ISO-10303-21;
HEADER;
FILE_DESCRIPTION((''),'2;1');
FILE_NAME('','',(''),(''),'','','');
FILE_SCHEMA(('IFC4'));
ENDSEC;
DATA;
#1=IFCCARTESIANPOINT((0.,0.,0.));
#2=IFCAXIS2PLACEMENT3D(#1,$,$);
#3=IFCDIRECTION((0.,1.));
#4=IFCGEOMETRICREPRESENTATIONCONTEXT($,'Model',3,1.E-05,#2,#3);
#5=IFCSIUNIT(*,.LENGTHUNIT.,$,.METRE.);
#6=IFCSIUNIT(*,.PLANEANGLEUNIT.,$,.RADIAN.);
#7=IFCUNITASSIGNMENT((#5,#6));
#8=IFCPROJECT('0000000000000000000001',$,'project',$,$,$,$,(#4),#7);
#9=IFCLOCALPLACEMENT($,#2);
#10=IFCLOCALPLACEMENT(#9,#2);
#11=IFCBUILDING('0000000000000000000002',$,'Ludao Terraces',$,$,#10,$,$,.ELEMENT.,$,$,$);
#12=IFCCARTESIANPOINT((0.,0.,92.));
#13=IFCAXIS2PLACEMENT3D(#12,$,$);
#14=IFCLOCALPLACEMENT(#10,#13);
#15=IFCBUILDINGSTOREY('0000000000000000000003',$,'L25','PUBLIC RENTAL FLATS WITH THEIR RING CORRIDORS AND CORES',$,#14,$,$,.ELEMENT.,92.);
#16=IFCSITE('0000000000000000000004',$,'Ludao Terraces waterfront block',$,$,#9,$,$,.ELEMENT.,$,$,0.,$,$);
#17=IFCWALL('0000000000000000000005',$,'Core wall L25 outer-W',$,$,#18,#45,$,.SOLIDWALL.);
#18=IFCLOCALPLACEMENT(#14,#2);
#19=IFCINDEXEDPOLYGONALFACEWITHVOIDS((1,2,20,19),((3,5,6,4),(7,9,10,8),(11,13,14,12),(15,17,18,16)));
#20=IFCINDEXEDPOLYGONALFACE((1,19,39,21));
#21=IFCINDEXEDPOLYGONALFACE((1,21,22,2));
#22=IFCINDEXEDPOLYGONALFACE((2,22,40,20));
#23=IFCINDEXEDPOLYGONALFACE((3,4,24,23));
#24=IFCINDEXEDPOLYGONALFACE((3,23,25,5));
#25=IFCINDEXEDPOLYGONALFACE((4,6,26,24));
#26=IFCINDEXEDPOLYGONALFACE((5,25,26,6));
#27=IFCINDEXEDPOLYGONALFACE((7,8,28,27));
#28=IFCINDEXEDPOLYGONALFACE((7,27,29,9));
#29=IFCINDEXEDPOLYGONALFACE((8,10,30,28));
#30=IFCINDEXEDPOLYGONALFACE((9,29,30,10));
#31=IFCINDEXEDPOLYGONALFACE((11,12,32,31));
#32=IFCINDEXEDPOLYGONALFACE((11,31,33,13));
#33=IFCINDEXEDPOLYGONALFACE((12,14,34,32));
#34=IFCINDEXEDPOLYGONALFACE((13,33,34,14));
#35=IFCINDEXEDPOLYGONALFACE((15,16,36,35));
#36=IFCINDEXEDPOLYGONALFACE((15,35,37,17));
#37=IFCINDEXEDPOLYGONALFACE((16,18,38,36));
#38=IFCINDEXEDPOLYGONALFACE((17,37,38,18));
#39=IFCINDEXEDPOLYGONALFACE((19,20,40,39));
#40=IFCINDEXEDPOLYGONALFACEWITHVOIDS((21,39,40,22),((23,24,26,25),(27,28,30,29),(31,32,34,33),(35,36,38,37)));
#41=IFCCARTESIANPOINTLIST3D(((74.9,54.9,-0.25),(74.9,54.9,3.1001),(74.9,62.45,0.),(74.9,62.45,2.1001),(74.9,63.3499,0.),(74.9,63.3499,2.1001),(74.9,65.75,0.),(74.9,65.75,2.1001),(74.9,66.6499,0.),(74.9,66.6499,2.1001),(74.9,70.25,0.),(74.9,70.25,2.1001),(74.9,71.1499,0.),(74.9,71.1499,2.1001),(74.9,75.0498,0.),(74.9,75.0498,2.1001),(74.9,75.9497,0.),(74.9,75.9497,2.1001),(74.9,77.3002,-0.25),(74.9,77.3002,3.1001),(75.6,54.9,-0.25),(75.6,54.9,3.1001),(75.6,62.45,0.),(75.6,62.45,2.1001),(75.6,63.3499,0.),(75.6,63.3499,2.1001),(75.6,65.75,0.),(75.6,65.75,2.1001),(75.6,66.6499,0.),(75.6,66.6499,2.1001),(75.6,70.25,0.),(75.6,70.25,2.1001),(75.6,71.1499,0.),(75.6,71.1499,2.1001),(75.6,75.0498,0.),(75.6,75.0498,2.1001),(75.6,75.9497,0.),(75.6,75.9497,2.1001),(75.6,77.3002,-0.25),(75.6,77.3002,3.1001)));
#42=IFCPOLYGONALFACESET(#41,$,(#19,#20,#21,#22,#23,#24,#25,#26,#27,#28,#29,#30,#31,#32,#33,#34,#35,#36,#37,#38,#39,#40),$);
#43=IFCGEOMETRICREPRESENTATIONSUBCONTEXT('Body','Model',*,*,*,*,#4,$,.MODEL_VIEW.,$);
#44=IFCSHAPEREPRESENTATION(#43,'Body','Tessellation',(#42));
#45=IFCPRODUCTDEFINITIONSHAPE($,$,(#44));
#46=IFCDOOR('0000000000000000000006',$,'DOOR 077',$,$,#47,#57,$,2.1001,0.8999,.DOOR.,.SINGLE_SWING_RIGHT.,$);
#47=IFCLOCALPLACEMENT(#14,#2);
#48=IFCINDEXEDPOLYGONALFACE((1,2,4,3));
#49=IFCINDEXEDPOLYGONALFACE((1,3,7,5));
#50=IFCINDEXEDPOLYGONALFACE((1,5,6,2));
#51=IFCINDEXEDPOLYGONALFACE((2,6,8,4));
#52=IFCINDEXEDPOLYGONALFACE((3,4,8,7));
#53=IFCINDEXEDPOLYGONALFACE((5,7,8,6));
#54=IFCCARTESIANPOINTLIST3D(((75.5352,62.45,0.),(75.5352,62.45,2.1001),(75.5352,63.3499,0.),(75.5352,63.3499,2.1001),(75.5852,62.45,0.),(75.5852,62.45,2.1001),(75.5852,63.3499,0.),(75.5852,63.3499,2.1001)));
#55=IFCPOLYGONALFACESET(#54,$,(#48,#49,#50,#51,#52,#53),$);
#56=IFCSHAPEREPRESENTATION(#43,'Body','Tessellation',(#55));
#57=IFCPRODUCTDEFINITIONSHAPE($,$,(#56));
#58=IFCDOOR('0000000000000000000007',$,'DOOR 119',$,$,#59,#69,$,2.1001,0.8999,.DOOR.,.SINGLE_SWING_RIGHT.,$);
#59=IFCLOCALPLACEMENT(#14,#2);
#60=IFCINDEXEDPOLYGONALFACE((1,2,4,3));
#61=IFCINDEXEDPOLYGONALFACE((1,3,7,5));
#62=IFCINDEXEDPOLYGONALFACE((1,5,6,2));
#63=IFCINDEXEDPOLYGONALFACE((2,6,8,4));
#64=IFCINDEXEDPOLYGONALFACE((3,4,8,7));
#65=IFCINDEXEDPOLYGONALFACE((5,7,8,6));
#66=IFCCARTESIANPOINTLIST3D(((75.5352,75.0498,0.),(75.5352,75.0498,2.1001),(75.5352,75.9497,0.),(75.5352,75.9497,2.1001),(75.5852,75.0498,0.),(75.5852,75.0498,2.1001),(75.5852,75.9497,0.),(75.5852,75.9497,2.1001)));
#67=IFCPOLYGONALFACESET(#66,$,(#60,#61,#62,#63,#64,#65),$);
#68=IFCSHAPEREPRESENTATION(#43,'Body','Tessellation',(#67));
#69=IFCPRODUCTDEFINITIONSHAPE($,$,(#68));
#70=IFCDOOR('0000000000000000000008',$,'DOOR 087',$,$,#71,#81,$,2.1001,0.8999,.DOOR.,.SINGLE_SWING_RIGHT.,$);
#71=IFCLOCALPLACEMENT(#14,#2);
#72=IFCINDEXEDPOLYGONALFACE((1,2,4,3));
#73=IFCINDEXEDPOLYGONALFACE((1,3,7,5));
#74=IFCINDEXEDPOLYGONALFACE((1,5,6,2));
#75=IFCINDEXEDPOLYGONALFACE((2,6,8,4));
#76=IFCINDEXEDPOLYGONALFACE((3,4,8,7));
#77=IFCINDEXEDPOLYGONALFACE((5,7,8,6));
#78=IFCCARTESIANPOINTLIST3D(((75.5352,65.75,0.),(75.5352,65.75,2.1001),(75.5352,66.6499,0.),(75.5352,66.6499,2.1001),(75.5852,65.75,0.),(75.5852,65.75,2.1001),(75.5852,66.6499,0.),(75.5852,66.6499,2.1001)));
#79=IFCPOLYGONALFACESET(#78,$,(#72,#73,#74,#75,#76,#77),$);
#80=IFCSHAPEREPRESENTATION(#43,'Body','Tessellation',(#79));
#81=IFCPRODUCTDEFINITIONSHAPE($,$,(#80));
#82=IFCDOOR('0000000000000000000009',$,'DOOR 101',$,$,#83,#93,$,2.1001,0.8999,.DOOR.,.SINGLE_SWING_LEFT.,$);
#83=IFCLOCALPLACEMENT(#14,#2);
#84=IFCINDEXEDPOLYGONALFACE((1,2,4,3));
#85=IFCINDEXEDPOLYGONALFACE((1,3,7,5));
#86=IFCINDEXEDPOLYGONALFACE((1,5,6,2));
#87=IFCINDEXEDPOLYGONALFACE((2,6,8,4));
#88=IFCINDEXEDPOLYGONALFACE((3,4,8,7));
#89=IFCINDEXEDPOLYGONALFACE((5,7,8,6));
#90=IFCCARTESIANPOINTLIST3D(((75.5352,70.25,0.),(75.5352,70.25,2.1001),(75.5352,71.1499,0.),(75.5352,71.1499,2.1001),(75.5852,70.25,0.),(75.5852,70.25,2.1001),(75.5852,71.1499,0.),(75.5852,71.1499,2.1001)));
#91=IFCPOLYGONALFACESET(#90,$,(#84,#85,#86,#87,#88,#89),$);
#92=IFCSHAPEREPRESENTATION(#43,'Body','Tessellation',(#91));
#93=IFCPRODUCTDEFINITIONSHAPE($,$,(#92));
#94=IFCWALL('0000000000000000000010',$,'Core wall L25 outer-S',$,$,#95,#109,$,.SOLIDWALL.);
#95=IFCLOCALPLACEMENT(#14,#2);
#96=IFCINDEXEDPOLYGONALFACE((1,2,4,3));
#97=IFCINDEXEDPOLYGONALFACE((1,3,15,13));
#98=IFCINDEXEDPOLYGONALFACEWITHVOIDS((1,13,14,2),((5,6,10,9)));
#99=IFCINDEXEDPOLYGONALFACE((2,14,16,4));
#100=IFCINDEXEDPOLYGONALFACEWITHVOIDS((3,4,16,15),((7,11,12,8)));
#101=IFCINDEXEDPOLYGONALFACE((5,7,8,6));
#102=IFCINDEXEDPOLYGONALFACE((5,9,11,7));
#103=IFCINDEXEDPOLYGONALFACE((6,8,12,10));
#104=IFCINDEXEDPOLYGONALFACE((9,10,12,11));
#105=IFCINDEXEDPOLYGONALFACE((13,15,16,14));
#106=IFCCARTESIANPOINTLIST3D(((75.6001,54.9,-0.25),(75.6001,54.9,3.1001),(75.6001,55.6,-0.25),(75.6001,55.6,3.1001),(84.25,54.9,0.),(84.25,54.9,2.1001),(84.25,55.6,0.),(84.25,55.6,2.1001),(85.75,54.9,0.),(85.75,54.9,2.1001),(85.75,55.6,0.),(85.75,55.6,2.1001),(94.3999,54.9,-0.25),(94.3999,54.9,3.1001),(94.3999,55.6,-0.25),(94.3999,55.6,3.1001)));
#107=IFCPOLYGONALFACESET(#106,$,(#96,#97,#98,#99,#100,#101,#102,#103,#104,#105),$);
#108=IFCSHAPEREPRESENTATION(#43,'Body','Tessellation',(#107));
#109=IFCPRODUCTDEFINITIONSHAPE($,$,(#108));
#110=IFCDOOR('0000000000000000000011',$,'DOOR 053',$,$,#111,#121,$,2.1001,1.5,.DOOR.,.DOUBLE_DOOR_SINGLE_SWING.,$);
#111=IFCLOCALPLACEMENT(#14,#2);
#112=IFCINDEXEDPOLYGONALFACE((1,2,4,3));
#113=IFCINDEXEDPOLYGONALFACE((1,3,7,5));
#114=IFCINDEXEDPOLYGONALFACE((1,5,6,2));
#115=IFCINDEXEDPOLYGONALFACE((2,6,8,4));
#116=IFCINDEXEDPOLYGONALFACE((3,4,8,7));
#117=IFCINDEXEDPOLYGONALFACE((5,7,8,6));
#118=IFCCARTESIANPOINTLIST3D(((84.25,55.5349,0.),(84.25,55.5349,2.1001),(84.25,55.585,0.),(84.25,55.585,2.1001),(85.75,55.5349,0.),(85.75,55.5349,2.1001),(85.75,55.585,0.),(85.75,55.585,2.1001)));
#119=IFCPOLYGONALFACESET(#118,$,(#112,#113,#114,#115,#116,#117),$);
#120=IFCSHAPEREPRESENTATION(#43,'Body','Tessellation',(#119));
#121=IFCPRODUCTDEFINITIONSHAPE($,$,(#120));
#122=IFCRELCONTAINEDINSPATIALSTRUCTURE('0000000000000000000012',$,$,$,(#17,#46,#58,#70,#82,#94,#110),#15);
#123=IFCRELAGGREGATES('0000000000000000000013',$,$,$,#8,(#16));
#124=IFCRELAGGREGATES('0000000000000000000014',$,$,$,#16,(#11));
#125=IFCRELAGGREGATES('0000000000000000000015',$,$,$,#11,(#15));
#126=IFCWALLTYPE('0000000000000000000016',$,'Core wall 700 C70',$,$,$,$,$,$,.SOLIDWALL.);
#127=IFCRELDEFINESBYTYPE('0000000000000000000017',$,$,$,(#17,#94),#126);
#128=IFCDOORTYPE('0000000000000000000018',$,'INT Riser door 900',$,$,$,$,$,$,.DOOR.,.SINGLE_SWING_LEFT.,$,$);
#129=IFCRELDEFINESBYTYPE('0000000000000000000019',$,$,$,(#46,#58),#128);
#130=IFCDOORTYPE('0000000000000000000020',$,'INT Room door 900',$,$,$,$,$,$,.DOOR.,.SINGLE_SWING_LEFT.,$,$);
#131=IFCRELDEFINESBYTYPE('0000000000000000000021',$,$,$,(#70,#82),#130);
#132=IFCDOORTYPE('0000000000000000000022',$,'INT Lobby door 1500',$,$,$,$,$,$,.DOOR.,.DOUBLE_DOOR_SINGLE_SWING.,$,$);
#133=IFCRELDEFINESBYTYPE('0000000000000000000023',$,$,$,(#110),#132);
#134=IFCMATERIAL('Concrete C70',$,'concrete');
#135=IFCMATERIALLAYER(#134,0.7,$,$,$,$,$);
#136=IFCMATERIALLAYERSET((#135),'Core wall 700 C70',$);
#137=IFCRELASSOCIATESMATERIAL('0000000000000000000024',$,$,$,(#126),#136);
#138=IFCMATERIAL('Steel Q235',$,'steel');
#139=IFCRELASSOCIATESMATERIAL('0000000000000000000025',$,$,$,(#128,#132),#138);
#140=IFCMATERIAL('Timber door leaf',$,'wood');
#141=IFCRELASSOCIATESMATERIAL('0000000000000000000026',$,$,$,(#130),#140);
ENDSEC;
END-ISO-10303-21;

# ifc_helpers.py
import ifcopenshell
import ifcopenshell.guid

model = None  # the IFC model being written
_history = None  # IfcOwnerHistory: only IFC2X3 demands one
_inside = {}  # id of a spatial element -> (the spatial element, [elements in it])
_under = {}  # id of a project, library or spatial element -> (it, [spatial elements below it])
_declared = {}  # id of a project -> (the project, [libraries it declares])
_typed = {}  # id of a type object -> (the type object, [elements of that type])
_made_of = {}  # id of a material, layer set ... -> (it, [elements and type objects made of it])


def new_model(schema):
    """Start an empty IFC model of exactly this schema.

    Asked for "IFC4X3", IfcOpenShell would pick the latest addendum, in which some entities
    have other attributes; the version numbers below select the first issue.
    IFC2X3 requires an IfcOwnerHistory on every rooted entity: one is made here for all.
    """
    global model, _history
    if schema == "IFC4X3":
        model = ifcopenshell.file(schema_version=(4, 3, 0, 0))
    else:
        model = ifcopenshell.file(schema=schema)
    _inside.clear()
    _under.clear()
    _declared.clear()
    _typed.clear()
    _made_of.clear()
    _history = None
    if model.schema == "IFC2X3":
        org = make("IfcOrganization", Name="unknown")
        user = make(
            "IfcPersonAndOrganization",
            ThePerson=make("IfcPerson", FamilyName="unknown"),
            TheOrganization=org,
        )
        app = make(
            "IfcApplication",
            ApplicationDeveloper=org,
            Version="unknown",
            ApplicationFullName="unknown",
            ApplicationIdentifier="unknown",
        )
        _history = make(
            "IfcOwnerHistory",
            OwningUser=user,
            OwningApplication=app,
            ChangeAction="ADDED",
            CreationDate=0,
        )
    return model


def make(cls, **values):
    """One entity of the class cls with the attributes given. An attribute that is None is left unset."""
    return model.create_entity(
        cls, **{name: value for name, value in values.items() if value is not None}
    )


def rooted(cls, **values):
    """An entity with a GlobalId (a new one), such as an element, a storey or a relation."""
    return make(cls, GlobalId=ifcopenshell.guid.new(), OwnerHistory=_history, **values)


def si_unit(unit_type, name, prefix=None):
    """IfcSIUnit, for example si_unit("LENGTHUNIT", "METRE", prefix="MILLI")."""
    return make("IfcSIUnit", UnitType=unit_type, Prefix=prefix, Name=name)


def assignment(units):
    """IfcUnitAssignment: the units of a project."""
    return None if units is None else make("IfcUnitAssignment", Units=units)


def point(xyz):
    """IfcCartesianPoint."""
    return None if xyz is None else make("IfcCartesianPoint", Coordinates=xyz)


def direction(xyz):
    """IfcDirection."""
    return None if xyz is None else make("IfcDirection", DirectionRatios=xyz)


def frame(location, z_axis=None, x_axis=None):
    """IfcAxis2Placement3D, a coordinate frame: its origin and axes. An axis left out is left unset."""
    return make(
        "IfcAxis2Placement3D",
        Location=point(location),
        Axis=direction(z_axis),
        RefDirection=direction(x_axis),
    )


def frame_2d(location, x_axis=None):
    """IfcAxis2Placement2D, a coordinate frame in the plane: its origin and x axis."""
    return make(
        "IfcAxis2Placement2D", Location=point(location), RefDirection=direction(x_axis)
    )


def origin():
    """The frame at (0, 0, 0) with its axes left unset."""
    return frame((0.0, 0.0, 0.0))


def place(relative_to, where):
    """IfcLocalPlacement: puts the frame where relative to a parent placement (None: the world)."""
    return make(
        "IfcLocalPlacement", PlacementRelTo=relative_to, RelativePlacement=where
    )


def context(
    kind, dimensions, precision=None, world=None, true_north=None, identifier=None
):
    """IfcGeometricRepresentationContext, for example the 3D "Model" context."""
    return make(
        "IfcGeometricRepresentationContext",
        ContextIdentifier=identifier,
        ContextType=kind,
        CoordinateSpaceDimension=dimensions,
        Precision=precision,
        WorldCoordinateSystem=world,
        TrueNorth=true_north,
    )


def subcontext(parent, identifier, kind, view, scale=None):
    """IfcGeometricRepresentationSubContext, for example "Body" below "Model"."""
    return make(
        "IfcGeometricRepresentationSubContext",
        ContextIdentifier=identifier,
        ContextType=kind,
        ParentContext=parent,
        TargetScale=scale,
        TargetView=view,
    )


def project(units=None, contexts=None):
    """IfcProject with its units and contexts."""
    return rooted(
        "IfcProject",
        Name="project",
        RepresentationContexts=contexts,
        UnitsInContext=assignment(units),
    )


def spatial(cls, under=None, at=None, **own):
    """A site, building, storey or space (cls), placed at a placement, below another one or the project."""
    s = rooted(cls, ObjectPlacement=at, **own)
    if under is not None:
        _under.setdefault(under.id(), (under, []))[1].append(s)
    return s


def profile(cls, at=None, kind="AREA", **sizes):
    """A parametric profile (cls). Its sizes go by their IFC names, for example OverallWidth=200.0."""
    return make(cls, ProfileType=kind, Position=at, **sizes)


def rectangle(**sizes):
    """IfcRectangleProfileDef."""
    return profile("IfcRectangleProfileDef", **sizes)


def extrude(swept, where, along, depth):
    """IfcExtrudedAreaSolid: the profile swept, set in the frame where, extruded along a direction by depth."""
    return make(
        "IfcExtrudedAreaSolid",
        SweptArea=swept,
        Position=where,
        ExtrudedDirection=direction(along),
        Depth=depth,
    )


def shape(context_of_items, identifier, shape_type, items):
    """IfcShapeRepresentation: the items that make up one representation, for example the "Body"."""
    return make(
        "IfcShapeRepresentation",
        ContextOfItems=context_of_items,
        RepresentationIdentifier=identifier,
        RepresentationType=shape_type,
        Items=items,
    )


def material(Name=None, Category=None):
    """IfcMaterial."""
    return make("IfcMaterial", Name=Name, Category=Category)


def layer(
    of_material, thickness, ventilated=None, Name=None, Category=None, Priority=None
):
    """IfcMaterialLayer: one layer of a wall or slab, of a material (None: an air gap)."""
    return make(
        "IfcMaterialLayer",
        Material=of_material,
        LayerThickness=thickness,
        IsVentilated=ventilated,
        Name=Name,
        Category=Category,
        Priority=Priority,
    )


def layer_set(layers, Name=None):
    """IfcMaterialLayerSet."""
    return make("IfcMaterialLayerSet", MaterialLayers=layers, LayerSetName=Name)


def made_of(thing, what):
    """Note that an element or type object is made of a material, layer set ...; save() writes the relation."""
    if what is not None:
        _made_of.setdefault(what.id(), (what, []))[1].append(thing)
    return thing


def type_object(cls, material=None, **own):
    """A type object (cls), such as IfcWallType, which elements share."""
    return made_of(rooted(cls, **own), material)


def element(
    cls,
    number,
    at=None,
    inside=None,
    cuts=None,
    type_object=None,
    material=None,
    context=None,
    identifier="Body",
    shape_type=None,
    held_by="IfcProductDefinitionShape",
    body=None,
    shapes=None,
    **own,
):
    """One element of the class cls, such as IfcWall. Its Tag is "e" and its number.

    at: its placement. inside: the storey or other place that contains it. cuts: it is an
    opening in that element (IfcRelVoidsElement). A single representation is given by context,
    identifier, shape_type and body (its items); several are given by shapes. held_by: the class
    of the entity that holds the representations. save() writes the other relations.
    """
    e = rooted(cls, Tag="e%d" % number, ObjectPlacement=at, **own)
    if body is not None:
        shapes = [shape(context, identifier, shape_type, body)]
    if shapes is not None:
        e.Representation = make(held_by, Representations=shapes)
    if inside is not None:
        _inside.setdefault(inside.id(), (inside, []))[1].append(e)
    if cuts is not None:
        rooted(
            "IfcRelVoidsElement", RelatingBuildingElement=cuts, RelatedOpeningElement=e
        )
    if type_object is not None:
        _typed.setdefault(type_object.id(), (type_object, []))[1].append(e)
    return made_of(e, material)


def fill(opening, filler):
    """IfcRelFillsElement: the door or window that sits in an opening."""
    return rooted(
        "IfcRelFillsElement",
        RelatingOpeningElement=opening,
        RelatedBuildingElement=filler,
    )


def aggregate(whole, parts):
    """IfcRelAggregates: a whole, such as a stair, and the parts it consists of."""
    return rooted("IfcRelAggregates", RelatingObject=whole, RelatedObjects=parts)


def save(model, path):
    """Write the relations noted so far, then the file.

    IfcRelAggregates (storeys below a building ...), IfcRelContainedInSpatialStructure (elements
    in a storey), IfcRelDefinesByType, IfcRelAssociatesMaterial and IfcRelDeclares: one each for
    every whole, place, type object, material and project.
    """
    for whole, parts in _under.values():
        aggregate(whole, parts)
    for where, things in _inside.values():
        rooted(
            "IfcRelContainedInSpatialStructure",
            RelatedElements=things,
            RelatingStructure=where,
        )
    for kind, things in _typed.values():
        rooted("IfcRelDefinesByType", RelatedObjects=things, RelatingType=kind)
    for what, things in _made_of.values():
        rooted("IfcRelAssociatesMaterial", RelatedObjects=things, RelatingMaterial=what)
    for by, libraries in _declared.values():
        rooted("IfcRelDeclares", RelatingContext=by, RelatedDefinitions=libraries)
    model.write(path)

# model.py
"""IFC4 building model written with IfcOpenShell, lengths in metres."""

from ifc_helpers import new_model, si_unit, direction, frame, frame_2d, origin, place, context, subcontext, project, spatial, rectangle, extrude, material, layer, layer_set, type_object, element, fill, save


model = new_model("IFC4")

# Units and contexts
model_context = context("Model", 3, precision=1e-05, world=origin(), true_north=direction((0.0, 1.0)))
body_context = subcontext(model_context, "Body", "Model", "MODEL_VIEW")
ifc_project = project(units=[si_unit("LENGTHUNIT", "METRE"), si_unit("PLANEANGLEUNIT", "RADIAN")], contexts=[model_context])

# Site, building, storey
site_placement = place(None, origin())
site = spatial("IfcSite", under=ifc_project, at=site_placement, Name="Ludao Terraces waterfront block", CompositionType="ELEMENT", RefElevation=0.0)
building_placement = place(site_placement, origin())
building = spatial("IfcBuilding", under=site, at=building_placement, Name="Ludao Terraces", CompositionType="ELEMENT")
storey_placement = place(building_placement, frame((0.0, 0.0, 92.0)))
storey = spatial("IfcBuildingStorey", under=building, at=storey_placement, Name="L25", Description="PUBLIC RENTAL FLATS WITH THEIR RING CORRIDORS AND CORES", CompositionType="ELEMENT", Elevation=92.0)

# Wall, openings, doors
ifc_material_1 = material(Name="Concrete C70", Category="concrete")
ifc_layer_1 = layer(ifc_material_1, 0.7)
ifc_layer_set_1 = layer_set([ifc_layer_1], Name="Core wall 700 C70")
wall_type_1 = type_object("IfcWallType", Name="Core wall 700 C70", PredefinedType="SOLIDWALL", material=ifc_layer_set_1)
wall_1_placement = place(storey_placement, frame((75.25, 54.8999, -0.25), z_axis=(0.0, 0.0, 1.0), x_axis=(0.0, 1.0, 0.0)))
wall_1 = element("IfcWall", 1, at=wall_1_placement, inside=storey, type_object=wall_type_1, Name="Core wall L25 outer-W", PredefinedType="SOLIDWALL", context=body_context, shape_type="SweptSolid", body=[
    extrude(rectangle(XDim=22.4001, YDim=0.7, at=frame_2d((11.2002, 0.0))), origin(), (0.0, 0.0, 1.0), 3.3501),
])
opening_1_placement = place(wall_1_placement, frame((7.55, 0.0, 0.25)))
opening_1 = element("IfcOpeningElement", 2, at=opening_1_placement, cuts=wall_1, PredefinedType="OPENING", context=body_context, shape_type="SweptSolid", body=[
    extrude(rectangle(XDim=0.8999, YDim=2.1001, at=frame_2d((0.45, 1.05))), frame((0.0, 0.3599, 0.0), z_axis=(0.0, -1.0, 0.0), x_axis=(1.0, 0.0, 0.0)), (0.0, 0.0, 1.0), 0.72),
])
opening_2_placement = place(wall_1_placement, frame((10.8501, 0.0, 0.25)))
opening_2 = element("IfcOpeningElement", 3, at=opening_2_placement, cuts=wall_1, PredefinedType="OPENING", context=body_context, shape_type="SweptSolid", body=[
    extrude(rectangle(XDim=0.8999, YDim=2.1001, at=frame_2d((0.45, 1.05))), frame((0.0, 0.3599, 0.0), z_axis=(0.0, -1.0, 0.0), x_axis=(1.0, 0.0, 0.0)), (0.0, 0.0, 1.0), 0.72),
])
opening_3_placement = place(wall_1_placement, frame((15.3501, 0.0, 0.25)))
opening_3 = element("IfcOpeningElement", 4, at=opening_3_placement, cuts=wall_1, PredefinedType="OPENING", context=body_context, shape_type="SweptSolid", body=[
    extrude(rectangle(XDim=0.8999, YDim=2.1001, at=frame_2d((0.45, 1.05))), frame((0.0, 0.3599, 0.0), z_axis=(0.0, -1.0, 0.0), x_axis=(1.0, 0.0, 0.0)), (0.0, 0.0, 1.0), 0.72),
])
opening_4_placement = place(wall_1_placement, frame((20.1499, 0.0, 0.25)))
opening_4 = element("IfcOpeningElement", 5, at=opening_4_placement, cuts=wall_1, PredefinedType="OPENING", context=body_context, shape_type="SweptSolid", body=[
    extrude(rectangle(XDim=0.8999, YDim=2.1001, at=frame_2d((0.45, 1.05))), frame((0.0, 0.3599, 0.0), z_axis=(0.0, -1.0, 0.0), x_axis=(1.0, 0.0, 0.0)), (0.0, 0.0, 1.0), 0.72),
])
ifc_material_2 = material(Name="Steel Q235", Category="steel")
door_type_1 = type_object("IfcDoorType", Name="INT Riser door 900", OperationType="SINGLE_SWING_LEFT", PredefinedType="DOOR", material=ifc_material_2)
door_1_placement = place(opening_1_placement, origin())
door_1 = element("IfcDoor", 6, at=door_1_placement, inside=storey, type_object=door_type_1, Name="DOOR 077", OperationType="SINGLE_SWING_RIGHT", OverallHeight=2.1001, OverallWidth=0.8999, PredefinedType="DOOR", context=body_context, shape_type="SweptSolid", body=[
    extrude(rectangle(XDim=0.8999, YDim=2.1001, at=frame_2d((0.45, 1.05))), frame((0.0, -0.2852, 0.0), z_axis=(0.0, -1.0, 0.0), x_axis=(1.0, 0.0, 0.0)), (0.0, 0.0, 1.0), 0.05),
])
fill(opening_1, door_1)
door_2_placement = place(opening_4_placement, origin())
door_2 = element("IfcDoor", 7, at=door_2_placement, inside=storey, type_object=door_type_1, Name="DOOR 119", OperationType="SINGLE_SWING_RIGHT", OverallHeight=2.1001, OverallWidth=0.8999, PredefinedType="DOOR", context=body_context, shape_type="SweptSolid", body=[
    extrude(rectangle(XDim=0.8999, YDim=2.1001, at=frame_2d((0.45, 1.05))), frame((0.0, -0.2852, 0.0), z_axis=(0.0, -1.0, 0.0), x_axis=(1.0, 0.0, 0.0)), (0.0, 0.0, 1.0), 0.05),
])
fill(opening_4, door_2)
ifc_material_3 = material(Name="Timber door leaf", Category="wood")
door_type_2 = type_object("IfcDoorType", Name="INT Room door 900", OperationType="SINGLE_SWING_LEFT", PredefinedType="DOOR", material=ifc_material_3)
door_3_placement = place(opening_2_placement, origin())
door_3 = element("IfcDoor", 8, at=door_3_placement, inside=storey, type_object=door_type_2, Name="DOOR 087", OperationType="SINGLE_SWING_RIGHT", OverallHeight=2.1001, OverallWidth=0.8999, PredefinedType="DOOR", context=body_context, shape_type="SweptSolid", body=[
    extrude(rectangle(XDim=0.8999, YDim=2.1001, at=frame_2d((0.45, 1.05))), frame((0.0, -0.2852, 0.0), z_axis=(0.0, -1.0, 0.0), x_axis=(1.0, 0.0, 0.0)), (0.0, 0.0, 1.0), 0.05),
])
fill(opening_2, door_3)
door_4_placement = place(opening_3_placement, origin())
door_4 = element("IfcDoor", 9, at=door_4_placement, inside=storey, type_object=door_type_2, Name="DOOR 101", OperationType="SINGLE_SWING_LEFT", OverallHeight=2.1001, OverallWidth=0.8999, PredefinedType="DOOR", context=body_context, shape_type="SweptSolid", body=[
    extrude(rectangle(XDim=0.8999, YDim=2.1001, at=frame_2d((0.45, 1.05))), frame((0.0, -0.2852, 0.0), z_axis=(0.0, -1.0, 0.0), x_axis=(1.0, 0.0, 0.0)), (0.0, 0.0, 1.0), 0.05),
])
fill(opening_3, door_4)

# Wall, opening, door
wall_2_placement = place(storey_placement, frame((75.6001, 55.25, -0.25), z_axis=(0.0, 0.0, 1.0), x_axis=(1.0, 0.0, 0.0)))
wall_2 = element("IfcWall", 10, at=wall_2_placement, inside=storey, type_object=wall_type_1, Name="Core wall L25 outer-S", PredefinedType="SOLIDWALL", context=body_context, shape_type="SweptSolid", body=[
    extrude(rectangle(XDim=18.7998, YDim=0.7, at=frame_2d((9.3999, 0.0))), origin(), (0.0, 0.0, 1.0), 3.3501),
])
opening_5_placement = place(wall_2_placement, frame((8.6499, 0.0, 0.25)))
opening_5 = element("IfcOpeningElement", 11, at=opening_5_placement, cuts=wall_2, PredefinedType="OPENING", context=body_context, shape_type="SweptSolid", body=[
    extrude(rectangle(XDim=1.5, YDim=2.1001, at=frame_2d((0.75, 1.05))), frame((0.0, 0.3599, 0.0), z_axis=(0.0, -1.0, 0.0), x_axis=(1.0, 0.0, 0.0)), (0.0, 0.0, 1.0), 0.72),
])
door_type_3 = type_object("IfcDoorType", Name="INT Lobby door 1500", OperationType="DOUBLE_DOOR_SINGLE_SWING", PredefinedType="DOOR", material=ifc_material_2)
door_5_placement = place(opening_5_placement, origin())
door_5 = element("IfcDoor", 12, at=door_5_placement, inside=storey, type_object=door_type_3, Name="DOOR 053", OperationType="DOUBLE_DOOR_SINGLE_SWING", OverallHeight=2.1001, OverallWidth=1.5, PredefinedType="DOOR", context=body_context, shape_type="SweptSolid", body=[
    extrude(rectangle(XDim=1.5, YDim=2.1001, at=frame_2d((0.75, 1.05))), frame((0.0, 0.335, 0.0), z_axis=(0.0, -1.0, 0.0), x_axis=(1.0, 0.0, 0.0)), (0.0, 0.0, 1.0), 0.05),
])
fill(opening_5, door_5)

save(model, "model.ifc")
